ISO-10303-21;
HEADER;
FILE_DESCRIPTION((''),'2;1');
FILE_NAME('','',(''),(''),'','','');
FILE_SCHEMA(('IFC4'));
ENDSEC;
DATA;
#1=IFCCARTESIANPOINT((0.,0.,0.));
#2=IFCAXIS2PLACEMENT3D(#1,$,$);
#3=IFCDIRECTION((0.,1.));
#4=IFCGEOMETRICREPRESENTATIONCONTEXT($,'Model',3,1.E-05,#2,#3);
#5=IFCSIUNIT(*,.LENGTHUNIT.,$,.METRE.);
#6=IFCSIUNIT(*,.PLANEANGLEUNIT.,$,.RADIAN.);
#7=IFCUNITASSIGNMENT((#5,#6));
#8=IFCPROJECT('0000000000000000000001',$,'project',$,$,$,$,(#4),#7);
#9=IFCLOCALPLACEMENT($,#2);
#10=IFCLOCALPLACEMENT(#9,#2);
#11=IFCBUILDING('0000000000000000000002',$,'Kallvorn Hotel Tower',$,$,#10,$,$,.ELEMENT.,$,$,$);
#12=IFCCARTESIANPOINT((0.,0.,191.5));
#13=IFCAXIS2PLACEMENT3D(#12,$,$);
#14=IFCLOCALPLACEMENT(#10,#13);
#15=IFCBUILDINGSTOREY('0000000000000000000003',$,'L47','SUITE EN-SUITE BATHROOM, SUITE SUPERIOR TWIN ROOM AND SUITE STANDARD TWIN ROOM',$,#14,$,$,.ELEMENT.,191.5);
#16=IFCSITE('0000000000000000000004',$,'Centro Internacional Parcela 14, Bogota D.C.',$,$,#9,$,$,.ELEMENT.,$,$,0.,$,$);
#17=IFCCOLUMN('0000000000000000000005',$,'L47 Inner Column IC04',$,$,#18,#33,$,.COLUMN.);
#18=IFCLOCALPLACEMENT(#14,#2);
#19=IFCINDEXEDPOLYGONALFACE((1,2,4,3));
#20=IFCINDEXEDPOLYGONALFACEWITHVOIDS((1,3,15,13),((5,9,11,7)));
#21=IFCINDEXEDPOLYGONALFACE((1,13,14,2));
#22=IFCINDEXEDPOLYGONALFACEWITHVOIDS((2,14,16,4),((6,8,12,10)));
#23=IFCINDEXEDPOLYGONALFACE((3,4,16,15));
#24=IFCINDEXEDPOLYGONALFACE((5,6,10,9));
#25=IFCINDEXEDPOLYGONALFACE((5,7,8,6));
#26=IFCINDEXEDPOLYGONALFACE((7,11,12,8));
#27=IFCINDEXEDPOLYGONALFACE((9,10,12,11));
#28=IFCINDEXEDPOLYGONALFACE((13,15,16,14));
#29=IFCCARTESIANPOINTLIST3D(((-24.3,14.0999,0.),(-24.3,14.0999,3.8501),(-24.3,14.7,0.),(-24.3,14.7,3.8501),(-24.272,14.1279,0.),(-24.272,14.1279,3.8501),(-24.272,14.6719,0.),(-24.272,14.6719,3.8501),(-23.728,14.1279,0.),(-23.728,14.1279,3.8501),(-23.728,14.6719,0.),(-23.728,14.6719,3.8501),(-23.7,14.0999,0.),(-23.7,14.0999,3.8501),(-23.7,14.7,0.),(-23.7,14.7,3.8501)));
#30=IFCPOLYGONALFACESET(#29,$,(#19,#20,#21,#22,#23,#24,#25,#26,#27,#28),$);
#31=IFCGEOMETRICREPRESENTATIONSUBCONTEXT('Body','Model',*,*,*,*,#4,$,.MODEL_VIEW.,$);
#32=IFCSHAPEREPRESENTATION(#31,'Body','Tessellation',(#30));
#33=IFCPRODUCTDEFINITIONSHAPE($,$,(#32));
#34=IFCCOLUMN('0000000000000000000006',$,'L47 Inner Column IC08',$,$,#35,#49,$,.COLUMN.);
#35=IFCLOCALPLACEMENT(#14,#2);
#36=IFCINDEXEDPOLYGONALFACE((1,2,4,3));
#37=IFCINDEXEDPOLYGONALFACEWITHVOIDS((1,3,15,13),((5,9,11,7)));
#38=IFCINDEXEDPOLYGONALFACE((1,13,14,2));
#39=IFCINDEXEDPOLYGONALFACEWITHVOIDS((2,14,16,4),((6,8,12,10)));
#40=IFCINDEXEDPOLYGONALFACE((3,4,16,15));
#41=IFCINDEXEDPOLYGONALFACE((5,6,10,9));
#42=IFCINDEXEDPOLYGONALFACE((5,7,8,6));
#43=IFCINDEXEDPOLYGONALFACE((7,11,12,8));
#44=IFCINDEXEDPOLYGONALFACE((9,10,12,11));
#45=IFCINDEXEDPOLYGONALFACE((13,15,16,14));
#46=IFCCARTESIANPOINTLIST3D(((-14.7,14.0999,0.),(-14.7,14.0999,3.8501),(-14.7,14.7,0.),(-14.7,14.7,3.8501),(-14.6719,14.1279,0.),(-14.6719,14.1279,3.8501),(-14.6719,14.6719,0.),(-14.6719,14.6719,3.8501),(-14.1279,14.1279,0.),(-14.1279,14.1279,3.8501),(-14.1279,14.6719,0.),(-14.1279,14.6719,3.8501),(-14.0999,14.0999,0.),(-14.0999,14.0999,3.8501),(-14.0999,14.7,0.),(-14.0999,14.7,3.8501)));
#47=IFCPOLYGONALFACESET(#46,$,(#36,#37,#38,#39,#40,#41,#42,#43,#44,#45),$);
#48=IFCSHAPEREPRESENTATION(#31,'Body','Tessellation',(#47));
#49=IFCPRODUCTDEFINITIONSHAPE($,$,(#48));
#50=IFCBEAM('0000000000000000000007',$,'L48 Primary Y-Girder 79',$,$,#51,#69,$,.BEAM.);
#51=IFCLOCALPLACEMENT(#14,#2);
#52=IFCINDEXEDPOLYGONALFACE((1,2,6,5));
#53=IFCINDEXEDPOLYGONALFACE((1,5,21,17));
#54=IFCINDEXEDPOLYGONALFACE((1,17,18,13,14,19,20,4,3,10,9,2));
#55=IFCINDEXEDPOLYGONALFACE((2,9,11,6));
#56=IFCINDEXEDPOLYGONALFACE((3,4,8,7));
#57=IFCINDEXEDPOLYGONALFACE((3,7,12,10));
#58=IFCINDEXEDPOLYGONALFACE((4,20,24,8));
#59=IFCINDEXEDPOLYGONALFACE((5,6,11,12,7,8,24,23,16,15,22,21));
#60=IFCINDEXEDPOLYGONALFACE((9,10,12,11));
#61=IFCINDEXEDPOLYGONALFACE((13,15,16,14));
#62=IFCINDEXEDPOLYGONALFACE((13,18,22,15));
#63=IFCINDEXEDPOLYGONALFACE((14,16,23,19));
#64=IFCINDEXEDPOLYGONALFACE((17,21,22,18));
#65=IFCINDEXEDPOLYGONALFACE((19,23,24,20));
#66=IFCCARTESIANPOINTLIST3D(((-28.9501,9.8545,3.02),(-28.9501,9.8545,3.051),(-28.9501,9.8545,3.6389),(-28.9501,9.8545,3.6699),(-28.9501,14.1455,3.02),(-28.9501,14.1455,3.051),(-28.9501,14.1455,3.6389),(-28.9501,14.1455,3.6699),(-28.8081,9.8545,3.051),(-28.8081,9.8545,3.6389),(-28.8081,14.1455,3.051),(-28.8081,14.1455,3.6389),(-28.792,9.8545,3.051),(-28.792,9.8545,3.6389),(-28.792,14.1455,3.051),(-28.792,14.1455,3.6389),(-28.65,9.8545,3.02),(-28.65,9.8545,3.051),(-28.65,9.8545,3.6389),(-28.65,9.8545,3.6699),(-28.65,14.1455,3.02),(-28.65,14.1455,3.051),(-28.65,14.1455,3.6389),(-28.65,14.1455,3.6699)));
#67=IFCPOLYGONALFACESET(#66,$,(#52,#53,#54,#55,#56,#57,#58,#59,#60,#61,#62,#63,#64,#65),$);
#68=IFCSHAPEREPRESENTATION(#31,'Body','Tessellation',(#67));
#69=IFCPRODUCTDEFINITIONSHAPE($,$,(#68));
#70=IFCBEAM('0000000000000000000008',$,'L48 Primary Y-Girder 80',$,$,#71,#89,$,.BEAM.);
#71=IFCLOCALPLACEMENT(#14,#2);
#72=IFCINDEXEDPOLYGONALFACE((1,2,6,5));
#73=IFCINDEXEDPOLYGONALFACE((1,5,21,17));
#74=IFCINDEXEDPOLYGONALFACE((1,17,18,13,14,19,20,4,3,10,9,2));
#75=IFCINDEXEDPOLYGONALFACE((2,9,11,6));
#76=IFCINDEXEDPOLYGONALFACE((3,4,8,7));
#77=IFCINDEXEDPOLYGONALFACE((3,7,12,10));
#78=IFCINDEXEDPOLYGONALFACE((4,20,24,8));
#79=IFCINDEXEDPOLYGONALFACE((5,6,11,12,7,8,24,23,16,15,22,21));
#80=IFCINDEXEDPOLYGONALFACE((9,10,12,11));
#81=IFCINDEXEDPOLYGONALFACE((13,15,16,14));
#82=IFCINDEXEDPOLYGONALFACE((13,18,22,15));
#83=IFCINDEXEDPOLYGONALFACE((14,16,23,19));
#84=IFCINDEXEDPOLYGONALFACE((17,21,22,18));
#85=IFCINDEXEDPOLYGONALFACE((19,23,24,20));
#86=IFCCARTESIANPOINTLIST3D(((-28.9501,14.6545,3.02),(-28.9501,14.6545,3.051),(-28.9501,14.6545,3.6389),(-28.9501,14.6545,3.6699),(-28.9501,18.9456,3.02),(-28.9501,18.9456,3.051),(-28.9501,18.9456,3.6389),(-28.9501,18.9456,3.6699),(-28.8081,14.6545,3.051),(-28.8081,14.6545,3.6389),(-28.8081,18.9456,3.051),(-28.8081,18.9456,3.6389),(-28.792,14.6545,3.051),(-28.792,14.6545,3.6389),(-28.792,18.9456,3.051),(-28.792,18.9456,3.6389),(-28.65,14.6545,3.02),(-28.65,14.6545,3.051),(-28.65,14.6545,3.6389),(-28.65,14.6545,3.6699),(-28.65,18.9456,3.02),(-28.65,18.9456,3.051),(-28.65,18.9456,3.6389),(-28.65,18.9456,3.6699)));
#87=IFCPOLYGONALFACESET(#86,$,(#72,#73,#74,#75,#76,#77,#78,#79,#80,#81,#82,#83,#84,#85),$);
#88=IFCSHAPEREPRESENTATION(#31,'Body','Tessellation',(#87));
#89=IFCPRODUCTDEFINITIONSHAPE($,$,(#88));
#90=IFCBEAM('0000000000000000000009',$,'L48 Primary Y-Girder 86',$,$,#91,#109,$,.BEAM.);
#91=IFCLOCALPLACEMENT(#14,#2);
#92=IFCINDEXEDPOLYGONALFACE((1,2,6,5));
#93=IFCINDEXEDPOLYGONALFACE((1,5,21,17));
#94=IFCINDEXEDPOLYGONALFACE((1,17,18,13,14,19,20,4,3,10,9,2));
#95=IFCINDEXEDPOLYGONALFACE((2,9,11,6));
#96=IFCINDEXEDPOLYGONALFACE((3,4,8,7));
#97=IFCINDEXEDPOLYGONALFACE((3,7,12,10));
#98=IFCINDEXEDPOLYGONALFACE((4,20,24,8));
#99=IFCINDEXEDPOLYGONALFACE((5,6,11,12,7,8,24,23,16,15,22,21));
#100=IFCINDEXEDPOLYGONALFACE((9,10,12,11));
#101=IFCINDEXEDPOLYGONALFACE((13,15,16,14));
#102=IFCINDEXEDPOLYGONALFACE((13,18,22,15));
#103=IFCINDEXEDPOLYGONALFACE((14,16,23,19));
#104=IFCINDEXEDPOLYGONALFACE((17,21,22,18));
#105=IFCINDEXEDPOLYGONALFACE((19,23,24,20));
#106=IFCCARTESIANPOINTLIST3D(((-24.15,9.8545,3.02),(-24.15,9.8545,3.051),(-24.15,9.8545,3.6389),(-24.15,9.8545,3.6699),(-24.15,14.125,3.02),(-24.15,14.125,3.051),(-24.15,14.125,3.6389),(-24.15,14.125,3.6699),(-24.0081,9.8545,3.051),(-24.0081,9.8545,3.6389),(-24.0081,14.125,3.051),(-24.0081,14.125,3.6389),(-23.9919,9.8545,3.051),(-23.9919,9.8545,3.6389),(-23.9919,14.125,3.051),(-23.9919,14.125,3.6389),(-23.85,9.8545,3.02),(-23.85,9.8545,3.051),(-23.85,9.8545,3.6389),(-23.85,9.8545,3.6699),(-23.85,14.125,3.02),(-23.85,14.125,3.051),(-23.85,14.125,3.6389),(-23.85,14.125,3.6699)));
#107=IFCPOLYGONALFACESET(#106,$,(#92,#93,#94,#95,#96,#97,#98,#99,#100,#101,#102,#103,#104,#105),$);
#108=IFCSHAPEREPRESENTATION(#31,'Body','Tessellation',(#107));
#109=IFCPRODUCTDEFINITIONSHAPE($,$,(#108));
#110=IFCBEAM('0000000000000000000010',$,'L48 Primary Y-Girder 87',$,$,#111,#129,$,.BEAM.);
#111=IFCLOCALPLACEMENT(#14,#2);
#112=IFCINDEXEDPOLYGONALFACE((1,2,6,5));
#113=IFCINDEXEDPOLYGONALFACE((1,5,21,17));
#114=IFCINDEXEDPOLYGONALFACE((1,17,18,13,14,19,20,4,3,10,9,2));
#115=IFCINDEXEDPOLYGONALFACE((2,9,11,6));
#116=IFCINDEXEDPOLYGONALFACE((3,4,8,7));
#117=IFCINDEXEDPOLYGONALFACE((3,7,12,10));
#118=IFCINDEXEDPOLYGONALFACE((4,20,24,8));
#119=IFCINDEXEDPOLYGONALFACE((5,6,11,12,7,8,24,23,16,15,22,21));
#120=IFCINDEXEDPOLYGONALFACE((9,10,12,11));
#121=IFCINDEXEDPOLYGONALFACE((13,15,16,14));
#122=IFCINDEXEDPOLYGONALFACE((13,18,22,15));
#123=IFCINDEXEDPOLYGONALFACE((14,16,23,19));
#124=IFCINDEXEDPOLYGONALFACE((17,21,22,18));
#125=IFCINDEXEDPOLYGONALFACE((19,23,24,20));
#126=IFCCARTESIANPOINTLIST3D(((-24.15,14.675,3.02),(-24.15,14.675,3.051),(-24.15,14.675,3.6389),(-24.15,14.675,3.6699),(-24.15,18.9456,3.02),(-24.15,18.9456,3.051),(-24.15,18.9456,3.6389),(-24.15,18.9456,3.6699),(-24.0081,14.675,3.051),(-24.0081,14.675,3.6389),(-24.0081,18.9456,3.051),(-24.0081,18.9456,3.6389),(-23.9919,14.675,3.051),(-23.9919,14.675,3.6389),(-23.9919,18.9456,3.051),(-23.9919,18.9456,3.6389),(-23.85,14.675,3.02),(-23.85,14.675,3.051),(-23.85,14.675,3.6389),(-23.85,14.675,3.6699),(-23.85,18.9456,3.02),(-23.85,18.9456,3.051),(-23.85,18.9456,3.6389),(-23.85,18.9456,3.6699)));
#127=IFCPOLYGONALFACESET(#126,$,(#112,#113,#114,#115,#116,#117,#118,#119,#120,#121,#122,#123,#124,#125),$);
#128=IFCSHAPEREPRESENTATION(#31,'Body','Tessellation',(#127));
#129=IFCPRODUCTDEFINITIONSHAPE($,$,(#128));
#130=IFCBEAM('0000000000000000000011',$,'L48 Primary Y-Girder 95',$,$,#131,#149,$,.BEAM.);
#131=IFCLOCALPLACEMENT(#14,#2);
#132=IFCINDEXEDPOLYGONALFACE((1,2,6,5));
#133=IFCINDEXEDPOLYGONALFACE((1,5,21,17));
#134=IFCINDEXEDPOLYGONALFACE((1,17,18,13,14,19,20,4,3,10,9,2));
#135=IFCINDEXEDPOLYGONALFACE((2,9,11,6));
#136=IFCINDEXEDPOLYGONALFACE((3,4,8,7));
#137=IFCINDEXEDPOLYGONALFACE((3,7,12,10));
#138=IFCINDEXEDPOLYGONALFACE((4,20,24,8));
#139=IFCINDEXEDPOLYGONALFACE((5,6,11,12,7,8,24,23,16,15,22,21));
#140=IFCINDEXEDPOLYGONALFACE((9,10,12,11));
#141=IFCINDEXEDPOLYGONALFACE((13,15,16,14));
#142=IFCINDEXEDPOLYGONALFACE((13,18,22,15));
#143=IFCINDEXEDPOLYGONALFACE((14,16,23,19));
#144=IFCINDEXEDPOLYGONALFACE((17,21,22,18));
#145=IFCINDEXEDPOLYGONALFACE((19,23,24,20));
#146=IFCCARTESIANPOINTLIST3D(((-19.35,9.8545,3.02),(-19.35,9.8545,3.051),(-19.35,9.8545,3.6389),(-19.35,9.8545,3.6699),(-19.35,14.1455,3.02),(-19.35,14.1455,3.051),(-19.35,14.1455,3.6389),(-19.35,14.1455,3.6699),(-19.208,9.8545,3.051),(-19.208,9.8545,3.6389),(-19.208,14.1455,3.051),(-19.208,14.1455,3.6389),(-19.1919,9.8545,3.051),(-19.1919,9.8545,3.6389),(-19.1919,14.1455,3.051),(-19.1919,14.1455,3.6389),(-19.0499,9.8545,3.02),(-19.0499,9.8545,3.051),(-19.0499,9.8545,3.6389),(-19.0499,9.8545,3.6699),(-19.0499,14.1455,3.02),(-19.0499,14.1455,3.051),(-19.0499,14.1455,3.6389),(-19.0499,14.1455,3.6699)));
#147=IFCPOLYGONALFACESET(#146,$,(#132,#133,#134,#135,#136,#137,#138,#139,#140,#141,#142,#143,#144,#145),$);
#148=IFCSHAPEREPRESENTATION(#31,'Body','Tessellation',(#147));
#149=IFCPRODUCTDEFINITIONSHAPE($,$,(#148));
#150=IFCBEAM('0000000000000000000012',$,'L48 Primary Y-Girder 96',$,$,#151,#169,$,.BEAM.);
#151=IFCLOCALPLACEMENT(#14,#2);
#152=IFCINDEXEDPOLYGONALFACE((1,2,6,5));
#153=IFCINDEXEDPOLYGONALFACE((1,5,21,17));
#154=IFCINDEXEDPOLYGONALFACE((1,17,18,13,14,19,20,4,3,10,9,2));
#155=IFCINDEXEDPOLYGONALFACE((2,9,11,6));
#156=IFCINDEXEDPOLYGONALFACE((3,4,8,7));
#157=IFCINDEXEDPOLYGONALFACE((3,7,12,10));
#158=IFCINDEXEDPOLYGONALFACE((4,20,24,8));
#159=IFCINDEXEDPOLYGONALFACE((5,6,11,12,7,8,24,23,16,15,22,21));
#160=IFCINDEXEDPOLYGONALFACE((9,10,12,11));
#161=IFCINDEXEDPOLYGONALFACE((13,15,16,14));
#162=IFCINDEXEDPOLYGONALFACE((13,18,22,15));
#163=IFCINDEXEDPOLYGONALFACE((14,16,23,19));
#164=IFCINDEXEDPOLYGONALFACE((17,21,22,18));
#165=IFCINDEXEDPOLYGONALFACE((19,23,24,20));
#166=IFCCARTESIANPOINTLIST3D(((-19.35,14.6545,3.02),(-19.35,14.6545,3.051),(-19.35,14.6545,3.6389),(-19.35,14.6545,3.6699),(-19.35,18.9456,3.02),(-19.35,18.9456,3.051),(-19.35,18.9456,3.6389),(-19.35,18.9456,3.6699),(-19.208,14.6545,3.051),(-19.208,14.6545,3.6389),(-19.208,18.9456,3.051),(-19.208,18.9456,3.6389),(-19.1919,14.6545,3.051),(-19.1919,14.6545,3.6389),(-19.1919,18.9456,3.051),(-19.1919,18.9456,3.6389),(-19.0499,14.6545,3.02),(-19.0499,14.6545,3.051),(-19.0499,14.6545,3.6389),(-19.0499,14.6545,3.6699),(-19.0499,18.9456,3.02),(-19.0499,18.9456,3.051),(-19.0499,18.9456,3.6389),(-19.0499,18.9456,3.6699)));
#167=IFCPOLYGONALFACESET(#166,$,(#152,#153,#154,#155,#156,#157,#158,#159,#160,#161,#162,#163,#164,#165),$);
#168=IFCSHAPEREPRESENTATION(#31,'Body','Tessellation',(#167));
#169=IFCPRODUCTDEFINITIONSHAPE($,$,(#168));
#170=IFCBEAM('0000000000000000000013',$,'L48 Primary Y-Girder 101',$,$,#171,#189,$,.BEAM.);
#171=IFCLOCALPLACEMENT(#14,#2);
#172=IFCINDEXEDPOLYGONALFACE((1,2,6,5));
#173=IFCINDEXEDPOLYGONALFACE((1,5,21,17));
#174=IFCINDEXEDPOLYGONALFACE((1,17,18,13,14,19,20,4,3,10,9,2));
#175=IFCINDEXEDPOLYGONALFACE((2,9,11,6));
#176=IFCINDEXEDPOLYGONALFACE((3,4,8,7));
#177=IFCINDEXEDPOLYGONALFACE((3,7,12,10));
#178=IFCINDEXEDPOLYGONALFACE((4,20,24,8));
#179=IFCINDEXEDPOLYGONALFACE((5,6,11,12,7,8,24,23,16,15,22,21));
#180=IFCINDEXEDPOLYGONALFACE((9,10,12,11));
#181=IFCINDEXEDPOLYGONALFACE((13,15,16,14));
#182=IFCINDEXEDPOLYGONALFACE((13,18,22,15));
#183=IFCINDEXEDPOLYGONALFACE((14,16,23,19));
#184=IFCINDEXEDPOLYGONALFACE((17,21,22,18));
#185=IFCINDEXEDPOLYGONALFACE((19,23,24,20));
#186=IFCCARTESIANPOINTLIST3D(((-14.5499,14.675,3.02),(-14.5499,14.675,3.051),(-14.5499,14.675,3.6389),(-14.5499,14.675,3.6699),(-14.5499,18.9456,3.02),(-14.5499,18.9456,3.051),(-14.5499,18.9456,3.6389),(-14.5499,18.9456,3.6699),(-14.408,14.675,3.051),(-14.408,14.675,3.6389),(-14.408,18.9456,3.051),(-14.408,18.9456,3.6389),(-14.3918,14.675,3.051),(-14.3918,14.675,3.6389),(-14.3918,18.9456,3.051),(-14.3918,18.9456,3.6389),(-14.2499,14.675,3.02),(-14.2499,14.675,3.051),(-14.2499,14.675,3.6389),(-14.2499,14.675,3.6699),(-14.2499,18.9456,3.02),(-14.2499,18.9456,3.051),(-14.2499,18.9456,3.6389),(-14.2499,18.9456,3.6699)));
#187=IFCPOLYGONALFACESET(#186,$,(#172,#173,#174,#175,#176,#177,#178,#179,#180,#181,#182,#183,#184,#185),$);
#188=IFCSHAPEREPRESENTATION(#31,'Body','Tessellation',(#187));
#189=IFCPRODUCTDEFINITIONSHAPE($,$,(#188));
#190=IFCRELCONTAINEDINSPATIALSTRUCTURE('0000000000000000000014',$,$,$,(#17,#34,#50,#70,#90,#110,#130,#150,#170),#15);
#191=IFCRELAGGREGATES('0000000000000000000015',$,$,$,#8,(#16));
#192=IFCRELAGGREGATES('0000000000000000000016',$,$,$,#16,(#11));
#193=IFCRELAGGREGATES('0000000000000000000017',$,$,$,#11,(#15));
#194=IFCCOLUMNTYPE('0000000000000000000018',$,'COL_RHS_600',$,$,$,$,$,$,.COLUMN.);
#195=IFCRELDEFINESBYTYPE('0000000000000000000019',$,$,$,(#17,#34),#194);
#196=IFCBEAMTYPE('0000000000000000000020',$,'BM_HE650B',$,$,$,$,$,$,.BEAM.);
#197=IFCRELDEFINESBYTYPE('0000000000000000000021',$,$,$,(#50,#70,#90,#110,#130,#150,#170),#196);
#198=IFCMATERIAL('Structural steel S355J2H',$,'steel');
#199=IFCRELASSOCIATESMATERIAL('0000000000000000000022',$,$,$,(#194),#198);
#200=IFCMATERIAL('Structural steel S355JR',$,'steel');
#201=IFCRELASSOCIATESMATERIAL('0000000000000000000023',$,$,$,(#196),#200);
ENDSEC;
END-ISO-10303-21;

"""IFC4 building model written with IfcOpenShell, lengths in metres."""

from ifc_helpers import new_model, si_unit, direction, frame, origin, origin_2d, place, context, subcontext, project, spatial, hollow_rectangle, i_section, extrude, material, material_profile, profile_set, type_object, element, save


model = new_model("IFC4")

# Units and contexts
model_context = context("Model", 3, precision=1e-05, world=origin(), true_north=direction((0.0, 1.0)))
body_context = subcontext(model_context, "Body", "Model", "MODEL_VIEW")
ifc_project = project(units=[si_unit("LENGTHUNIT", "METRE"), si_unit("PLANEANGLEUNIT", "RADIAN")], contexts=[model_context])

# Site, building, storey
site_placement = place(None, origin())
site = spatial("IfcSite", under=ifc_project, at=site_placement, Name="Centro Internacional Parcela 14, Bogota D.C.", CompositionType="ELEMENT", RefElevation=0.0)
building_placement = place(site_placement, origin())
building = spatial("IfcBuilding", under=site, at=building_placement, Name="Kallvorn Hotel Tower", CompositionType="ELEMENT")
storey_placement = place(building_placement, frame((0.0, 0.0, 191.5)))
storey = spatial("IfcBuildingStorey", under=building, at=storey_placement, Name="L47", Description="SUITE EN-SUITE BATHROOM, SUITE SUPERIOR TWIN ROOM AND SUITE STANDARD TWIN ROOM", CompositionType="ELEMENT", Elevation=191.5)

# Columns
ifc_material_1 = material(Name="Structural steel S355J2H", Category="steel")
ifc_material_profile_1 = material_profile(ifc_material_1, hollow_rectangle(XDim=0.6001, YDim=0.6001, WallThickness=0.0281, at=origin_2d()), Name="RHS 600x600x28")
ifc_profile_set_1 = profile_set([ifc_material_profile_1], Name="Structural steel S355J2H")
column_type_1 = type_object("IfcColumnType", Name="COL_RHS_600", PredefinedType="COLUMN", material=ifc_profile_set_1)
for number, where, z_axis, x_axis, name in (
    (1, (-24.0, 14.3999, 0.0), (0.0, 0.0, 1.0), (1.0, 0.0, 0.0), "L47 Inner Column IC04"),
    (2, (-14.3999, 14.3999, 0.0), (0.0, 0.0, 1.0), (1.0, 0.0, 0.0), "L47 Inner Column IC08"),
):
    element("IfcColumn", number, at=place(storey_placement, frame(where, z_axis=z_axis, x_axis=x_axis)), inside=storey, type_object=column_type_1, Name=name, PredefinedType="COLUMN", context=body_context, shape_type="SweptSolid", body=[
        extrude(hollow_rectangle(XDim=0.6001, YDim=0.6001, WallThickness=0.0281, at=origin_2d()), origin(), (0.0, 0.0, 1.0), 3.8501),
    ])

# Beams
ifc_material_2 = material(Name="Structural steel S355JR", Category="steel")
ifc_material_profile_2 = material_profile(ifc_material_2, i_section(OverallWidth=0.3, OverallDepth=0.6499, WebThickness=0.0161, FlangeThickness=0.031, at=origin_2d()), Name="HE 650 B")
ifc_profile_set_2 = profile_set([ifc_material_profile_2], Name="Structural steel S355JR")
beam_type_1 = type_object("IfcBeamType", Name="BM_HE650B", PredefinedType="BEAM", material=ifc_profile_set_2)
for number, where, z_axis, x_axis, name in (
    (3, (-28.8, 9.8545, 3.345), (0.0, 1.0, 0.0), (-1.0, 0.0, 0.0), "L48 Primary Y-Girder 79"),
    (4, (-28.8, 14.6545, 3.345), (0.0, 1.0, 0.0), (-1.0, 0.0, 0.0), "L48 Primary Y-Girder 80"),
):
    element("IfcBeam", number, at=place(storey_placement, frame(where, z_axis=z_axis, x_axis=x_axis)), inside=storey, type_object=beam_type_1, Name=name, PredefinedType="BEAM", context=body_context, shape_type="SweptSolid", body=[
        extrude(i_section(OverallWidth=0.3, OverallDepth=0.6499, WebThickness=0.0161, FlangeThickness=0.031, at=origin_2d()), origin(), (0.0, 0.0, 1.0), 4.291),
    ])
for number, where, z_axis, x_axis, name in (
    (5, (-24.0, 9.8545, 3.345), (0.0, 1.0, 0.0), (-1.0, 0.0, 0.0), "L48 Primary Y-Girder 86"),
    (6, (-24.0, 14.675, 3.345), (0.0, 1.0, 0.0), (-1.0, 0.0, 0.0), "L48 Primary Y-Girder 87"),
):
    element("IfcBeam", number, at=place(storey_placement, frame(where, z_axis=z_axis, x_axis=x_axis)), inside=storey, type_object=beam_type_1, Name=name, PredefinedType="BEAM", context=body_context, shape_type="SweptSolid", body=[
        extrude(i_section(OverallWidth=0.3, OverallDepth=0.6499, WebThickness=0.0161, FlangeThickness=0.031, at=origin_2d()), origin(), (0.0, 0.0, 1.0), 4.2705),
    ])
for number, where, z_axis, x_axis, name in (
    (7, (-19.2, 9.8545, 3.345), (0.0, 1.0, 0.0), (-1.0, 0.0, 0.0), "L48 Primary Y-Girder 95"),
    (8, (-19.2, 14.6545, 3.345), (0.0, 1.0, 0.0), (-1.0, 0.0, 0.0), "L48 Primary Y-Girder 96"),
):
    element("IfcBeam", number, at=place(storey_placement, frame(where, z_axis=z_axis, x_axis=x_axis)), inside=storey, type_object=beam_type_1, Name=name, PredefinedType="BEAM", context=body_context, shape_type="SweptSolid", body=[
        extrude(i_section(OverallWidth=0.3, OverallDepth=0.6499, WebThickness=0.0161, FlangeThickness=0.031, at=origin_2d()), origin(), (0.0, 0.0, 1.0), 4.291),
    ])
beam_placement = place(storey_placement, frame((-14.3999, 14.675, 3.345), z_axis=(0.0, 1.0, 0.0), x_axis=(-1.0, 0.0, 0.0)))
element("IfcBeam", 9, at=beam_placement, inside=storey, type_object=beam_type_1, Name="L48 Primary Y-Girder 101", PredefinedType="BEAM", context=body_context, shape_type="SweptSolid", body=[
    extrude(i_section(OverallWidth=0.3, OverallDepth=0.6499, WebThickness=0.0161, FlangeThickness=0.031, at=origin_2d()), origin(), (0.0, 0.0, 1.0), 4.2705),
])

save(model, "model.ifc")
